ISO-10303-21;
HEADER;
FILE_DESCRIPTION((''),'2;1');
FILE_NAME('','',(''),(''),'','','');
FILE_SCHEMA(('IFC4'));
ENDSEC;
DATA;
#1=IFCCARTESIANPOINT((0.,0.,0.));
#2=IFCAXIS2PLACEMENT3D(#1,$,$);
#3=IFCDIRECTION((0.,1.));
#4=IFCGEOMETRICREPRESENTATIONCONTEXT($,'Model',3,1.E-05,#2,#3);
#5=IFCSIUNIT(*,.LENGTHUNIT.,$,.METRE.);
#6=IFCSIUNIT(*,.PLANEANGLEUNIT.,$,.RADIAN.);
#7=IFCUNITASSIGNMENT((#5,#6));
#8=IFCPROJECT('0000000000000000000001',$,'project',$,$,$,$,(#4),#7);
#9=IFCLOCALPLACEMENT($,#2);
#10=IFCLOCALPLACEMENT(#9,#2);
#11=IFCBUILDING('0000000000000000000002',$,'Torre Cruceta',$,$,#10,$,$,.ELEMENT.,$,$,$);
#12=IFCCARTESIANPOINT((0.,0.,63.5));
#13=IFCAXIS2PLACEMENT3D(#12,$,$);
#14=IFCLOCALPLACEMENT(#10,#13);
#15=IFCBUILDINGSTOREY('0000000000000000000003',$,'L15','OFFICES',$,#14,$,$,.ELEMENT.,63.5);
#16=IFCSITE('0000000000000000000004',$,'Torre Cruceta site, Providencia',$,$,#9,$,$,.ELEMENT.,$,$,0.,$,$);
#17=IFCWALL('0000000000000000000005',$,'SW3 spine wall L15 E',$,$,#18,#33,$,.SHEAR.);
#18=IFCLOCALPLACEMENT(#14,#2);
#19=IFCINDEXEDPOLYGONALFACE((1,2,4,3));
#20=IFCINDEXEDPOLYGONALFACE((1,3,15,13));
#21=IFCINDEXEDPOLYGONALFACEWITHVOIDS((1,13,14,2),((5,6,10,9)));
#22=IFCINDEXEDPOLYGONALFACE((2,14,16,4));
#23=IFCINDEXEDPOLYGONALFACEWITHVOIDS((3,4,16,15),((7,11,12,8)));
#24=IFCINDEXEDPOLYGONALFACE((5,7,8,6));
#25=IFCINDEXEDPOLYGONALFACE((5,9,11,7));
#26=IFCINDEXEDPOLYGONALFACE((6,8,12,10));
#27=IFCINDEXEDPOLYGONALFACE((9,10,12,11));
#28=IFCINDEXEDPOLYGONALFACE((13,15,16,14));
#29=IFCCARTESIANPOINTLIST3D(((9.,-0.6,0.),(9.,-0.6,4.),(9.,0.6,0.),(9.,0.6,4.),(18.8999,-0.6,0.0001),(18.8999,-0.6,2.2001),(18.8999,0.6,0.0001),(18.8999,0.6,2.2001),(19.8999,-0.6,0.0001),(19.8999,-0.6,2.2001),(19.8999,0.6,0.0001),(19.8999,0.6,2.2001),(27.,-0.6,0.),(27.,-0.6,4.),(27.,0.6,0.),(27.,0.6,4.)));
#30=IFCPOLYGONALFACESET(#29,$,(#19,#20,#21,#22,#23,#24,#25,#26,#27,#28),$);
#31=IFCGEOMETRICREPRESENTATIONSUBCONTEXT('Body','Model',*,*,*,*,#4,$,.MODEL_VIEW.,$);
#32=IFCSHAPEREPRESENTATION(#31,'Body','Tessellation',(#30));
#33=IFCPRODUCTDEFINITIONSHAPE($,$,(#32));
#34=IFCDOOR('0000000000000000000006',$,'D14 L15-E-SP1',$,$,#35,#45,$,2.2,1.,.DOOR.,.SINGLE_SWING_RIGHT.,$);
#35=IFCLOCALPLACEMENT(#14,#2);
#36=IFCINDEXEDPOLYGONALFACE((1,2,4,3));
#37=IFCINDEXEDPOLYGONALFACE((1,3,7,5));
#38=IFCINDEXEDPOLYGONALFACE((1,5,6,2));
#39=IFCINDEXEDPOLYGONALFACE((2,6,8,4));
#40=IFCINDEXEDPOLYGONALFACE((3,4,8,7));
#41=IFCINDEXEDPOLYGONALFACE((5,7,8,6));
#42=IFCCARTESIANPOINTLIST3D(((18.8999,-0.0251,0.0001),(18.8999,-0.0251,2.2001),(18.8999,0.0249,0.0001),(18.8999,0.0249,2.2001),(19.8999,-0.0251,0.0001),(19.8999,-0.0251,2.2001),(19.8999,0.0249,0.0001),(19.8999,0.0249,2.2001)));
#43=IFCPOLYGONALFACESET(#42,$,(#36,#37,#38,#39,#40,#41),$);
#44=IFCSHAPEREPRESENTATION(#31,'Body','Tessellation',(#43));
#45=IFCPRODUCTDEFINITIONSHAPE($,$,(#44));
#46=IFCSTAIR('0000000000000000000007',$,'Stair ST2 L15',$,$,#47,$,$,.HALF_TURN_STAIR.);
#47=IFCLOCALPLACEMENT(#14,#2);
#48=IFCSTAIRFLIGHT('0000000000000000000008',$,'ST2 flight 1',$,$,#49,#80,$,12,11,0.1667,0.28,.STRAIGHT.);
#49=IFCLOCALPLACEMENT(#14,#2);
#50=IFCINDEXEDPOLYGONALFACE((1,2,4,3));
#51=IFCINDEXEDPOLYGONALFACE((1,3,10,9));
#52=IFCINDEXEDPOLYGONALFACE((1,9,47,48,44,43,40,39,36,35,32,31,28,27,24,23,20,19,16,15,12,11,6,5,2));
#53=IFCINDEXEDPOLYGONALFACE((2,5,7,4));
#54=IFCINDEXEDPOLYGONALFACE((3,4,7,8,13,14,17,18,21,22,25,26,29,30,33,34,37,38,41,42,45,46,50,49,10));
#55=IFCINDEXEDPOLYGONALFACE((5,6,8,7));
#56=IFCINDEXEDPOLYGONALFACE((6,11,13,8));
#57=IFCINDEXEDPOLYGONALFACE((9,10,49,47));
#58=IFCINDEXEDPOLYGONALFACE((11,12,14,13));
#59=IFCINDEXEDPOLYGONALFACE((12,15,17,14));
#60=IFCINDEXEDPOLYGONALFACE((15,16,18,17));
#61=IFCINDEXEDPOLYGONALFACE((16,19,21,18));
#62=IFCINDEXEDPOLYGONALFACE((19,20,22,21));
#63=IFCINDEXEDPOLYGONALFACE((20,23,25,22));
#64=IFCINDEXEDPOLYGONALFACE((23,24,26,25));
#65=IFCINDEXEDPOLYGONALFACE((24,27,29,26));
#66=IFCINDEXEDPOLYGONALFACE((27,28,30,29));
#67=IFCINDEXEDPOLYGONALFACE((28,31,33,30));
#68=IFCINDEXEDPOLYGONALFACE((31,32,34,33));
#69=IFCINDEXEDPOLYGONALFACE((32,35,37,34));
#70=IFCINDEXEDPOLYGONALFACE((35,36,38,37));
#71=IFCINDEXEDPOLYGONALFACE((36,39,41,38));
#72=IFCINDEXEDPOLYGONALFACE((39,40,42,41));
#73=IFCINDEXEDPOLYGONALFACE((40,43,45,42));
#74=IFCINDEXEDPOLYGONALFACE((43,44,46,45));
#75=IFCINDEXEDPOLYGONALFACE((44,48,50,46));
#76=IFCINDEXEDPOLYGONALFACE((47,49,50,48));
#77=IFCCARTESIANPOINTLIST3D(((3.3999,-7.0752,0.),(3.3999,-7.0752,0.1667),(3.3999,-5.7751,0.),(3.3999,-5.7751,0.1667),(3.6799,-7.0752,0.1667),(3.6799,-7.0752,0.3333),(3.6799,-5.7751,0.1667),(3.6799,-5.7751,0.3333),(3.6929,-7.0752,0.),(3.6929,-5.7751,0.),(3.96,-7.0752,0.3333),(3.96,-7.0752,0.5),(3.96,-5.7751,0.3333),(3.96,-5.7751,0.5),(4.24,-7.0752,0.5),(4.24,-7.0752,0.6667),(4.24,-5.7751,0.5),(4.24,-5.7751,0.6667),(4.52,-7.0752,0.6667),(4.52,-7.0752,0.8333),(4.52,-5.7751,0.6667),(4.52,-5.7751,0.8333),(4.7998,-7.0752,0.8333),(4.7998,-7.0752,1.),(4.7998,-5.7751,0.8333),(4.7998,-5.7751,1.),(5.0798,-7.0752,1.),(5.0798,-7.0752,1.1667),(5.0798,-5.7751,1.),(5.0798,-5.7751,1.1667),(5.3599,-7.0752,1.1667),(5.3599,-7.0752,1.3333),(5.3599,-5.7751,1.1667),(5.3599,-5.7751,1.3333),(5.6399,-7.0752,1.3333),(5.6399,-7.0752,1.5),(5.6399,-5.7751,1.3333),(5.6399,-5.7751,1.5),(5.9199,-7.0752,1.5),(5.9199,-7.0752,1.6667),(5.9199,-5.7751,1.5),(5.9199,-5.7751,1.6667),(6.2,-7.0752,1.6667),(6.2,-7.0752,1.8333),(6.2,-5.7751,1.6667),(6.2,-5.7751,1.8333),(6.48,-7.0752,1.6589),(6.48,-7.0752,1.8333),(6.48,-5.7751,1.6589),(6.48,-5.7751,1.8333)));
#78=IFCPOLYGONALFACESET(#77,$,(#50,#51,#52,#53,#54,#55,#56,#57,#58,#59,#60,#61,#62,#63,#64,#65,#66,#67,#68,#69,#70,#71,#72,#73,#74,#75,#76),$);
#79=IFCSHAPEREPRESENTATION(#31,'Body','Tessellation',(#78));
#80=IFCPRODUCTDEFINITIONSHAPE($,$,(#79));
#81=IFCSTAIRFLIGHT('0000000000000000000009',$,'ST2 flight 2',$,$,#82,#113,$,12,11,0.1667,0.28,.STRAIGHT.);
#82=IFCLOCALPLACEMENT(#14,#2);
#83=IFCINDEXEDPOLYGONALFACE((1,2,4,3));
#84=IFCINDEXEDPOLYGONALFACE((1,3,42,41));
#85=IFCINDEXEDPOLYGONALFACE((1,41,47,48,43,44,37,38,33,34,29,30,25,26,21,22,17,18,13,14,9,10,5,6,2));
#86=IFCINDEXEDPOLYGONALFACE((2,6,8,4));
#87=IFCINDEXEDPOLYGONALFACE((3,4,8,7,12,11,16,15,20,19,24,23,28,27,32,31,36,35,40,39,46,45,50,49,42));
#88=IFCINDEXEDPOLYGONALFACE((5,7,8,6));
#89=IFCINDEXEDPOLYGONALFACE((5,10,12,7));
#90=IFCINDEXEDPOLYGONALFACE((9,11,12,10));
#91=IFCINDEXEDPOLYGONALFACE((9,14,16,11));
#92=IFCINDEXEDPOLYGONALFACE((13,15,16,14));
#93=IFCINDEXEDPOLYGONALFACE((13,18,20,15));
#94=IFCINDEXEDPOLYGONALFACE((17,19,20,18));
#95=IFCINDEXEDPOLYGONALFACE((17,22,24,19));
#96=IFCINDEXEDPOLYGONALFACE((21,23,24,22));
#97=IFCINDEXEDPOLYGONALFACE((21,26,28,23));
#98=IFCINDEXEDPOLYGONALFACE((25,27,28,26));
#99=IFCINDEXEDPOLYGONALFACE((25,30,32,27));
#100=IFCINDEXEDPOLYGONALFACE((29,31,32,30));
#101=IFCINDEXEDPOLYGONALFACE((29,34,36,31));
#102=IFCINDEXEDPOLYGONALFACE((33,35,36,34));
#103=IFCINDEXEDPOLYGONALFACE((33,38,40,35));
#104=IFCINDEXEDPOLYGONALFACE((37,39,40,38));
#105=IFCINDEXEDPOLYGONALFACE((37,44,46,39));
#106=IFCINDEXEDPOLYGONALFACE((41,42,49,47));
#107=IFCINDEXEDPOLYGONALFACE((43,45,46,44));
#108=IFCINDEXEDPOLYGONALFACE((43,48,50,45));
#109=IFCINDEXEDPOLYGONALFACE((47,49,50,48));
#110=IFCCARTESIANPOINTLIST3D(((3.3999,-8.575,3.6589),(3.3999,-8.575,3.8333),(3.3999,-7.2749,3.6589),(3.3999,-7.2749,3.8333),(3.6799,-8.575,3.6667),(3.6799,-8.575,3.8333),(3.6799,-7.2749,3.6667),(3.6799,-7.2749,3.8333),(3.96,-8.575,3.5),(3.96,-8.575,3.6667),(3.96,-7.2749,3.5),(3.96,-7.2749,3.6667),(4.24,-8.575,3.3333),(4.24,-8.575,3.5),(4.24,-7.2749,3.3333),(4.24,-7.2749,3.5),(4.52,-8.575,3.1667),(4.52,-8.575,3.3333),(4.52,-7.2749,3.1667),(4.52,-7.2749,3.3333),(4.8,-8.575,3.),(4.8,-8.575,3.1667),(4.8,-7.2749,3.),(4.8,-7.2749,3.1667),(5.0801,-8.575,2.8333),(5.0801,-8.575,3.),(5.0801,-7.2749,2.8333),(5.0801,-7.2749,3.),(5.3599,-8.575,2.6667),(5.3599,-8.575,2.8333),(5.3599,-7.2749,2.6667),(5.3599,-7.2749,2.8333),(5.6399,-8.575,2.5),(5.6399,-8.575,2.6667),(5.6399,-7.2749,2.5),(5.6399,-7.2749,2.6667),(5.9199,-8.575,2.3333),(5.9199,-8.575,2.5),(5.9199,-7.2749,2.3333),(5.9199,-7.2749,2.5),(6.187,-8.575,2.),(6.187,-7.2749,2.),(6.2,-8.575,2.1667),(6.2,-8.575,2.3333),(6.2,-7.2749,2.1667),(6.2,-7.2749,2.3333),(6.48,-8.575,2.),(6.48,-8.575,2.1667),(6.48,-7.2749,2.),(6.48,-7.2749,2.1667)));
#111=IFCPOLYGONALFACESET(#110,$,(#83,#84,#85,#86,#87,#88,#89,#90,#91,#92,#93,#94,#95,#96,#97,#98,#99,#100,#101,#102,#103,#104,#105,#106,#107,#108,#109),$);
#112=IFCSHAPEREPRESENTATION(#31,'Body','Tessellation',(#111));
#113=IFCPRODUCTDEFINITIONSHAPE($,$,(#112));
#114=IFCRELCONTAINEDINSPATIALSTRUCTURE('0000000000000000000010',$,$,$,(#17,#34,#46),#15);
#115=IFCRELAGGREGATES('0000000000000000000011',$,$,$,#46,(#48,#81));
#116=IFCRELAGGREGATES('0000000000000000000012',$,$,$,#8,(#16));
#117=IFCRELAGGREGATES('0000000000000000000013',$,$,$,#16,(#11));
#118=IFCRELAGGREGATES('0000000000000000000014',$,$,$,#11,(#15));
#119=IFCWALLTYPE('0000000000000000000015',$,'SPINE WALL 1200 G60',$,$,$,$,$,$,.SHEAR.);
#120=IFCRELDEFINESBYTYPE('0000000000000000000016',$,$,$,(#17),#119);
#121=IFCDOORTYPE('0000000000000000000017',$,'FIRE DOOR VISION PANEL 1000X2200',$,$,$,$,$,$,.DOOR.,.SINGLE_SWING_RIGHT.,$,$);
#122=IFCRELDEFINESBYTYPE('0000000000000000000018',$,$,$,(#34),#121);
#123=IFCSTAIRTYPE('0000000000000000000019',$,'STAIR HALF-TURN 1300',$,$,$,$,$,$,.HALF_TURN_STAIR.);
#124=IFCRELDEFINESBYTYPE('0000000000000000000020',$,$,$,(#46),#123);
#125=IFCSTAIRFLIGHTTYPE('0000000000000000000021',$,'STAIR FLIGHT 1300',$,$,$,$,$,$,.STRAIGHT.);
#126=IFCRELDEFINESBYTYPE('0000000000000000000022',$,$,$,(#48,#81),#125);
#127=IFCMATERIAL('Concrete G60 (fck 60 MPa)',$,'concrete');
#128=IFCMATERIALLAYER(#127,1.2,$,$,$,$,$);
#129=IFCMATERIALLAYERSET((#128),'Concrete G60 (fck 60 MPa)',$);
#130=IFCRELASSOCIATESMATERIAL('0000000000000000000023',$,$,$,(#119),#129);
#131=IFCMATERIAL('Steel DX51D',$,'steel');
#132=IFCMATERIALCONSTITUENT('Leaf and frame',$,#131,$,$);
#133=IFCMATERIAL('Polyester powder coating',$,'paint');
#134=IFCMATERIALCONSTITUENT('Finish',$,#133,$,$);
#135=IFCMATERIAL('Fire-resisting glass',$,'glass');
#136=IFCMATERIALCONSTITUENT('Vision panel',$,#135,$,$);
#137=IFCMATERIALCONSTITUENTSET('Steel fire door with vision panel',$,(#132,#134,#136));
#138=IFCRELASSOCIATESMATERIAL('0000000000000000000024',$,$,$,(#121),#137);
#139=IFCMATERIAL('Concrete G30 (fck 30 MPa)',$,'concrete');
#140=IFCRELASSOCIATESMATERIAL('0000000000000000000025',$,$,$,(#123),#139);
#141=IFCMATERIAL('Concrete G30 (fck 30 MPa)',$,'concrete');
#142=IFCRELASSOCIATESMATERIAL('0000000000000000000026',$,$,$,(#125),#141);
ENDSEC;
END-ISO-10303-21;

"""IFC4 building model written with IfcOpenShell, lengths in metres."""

from ifc_helpers import new_model, si_unit, direction, frame, frame_2d, origin, place, context, subcontext, project, spatial, polyline, rectangle, outline, extrude, material, layer, layer_set, constituent, constituent_set, type_object, element, fill, aggregate, save


model = new_model("IFC4")

# Units and contexts
model_context = context("Model", 3, precision=1e-05, world=origin(), true_north=direction((0.0, 1.0)))
body_context = subcontext(model_context, "Body", "Model", "MODEL_VIEW")
ifc_project = project(units=[si_unit("LENGTHUNIT", "METRE"), si_unit("PLANEANGLEUNIT", "RADIAN")], contexts=[model_context])

# Site, building, storey
site_placement = place(None, origin())
site = spatial("IfcSite", under=ifc_project, at=site_placement, Name="Torre Cruceta site, Providencia", CompositionType="ELEMENT", RefElevation=0.0)
building_placement = place(site_placement, origin())
building = spatial("IfcBuilding", under=site, at=building_placement, Name="Torre Cruceta", CompositionType="ELEMENT")
storey_placement = place(building_placement, frame((0.0, 0.0, 63.5)))
storey = spatial("IfcBuildingStorey", under=building, at=storey_placement, Name="L15", Description="OFFICES", CompositionType="ELEMENT", Elevation=63.5)

# Wall, opening, door
ifc_material_1 = material(Name="Concrete G60 (fck 60 MPa)", Category="concrete")
ifc_layer_1 = layer(ifc_material_1, 1.2)
ifc_layer_set_1 = layer_set([ifc_layer_1], Name="Concrete G60 (fck 60 MPa)")
wall_type_1 = type_object("IfcWallType", Name="SPINE WALL 1200 G60", PredefinedType="SHEAR", material=ifc_layer_set_1)
wall_1_placement = place(storey_placement, frame((9.0, 0.0, 0.0), z_axis=(0.0, 0.0, 1.0), x_axis=(1.0, 0.0, 0.0)))
wall_1 = element("IfcWall", 1, at=wall_1_placement, inside=storey, type_object=wall_type_1, Name="SW3 spine wall L15 E", PredefinedType="SHEAR", context=body_context, shape_type="SweptSolid", body=[
    extrude(rectangle(XDim=18.0, YDim=1.2, at=frame_2d((9.0, 0.0))), origin(), (0.0, 0.0, 1.0), 4.0),
])
opening_1_placement = place(wall_1_placement, frame((9.8999, 0.0, 0.0)))
opening_1 = element("IfcOpeningElement", 2, at=opening_1_placement, cuts=wall_1, PredefinedType="OPENING", context=body_context, shape_type="SweptSolid", body=[
    extrude(rectangle(XDim=1.0, YDim=2.2, at=frame_2d((0.5, 1.1001))), frame((0.0, 0.6099, 0.0), z_axis=(0.0, -1.0, 0.0), x_axis=(1.0, 0.0, 0.0)), (0.0, 0.0, 1.0), 1.22),
])
ifc_material_2 = material(Name="Steel DX51D", Category="steel")
ifc_constituent_1 = constituent(ifc_material_2, Name="Leaf and frame")
ifc_material_3 = material(Name="Polyester powder coating", Category="paint")
ifc_constituent_2 = constituent(ifc_material_3, Name="Finish")
ifc_material_4 = material(Name="Fire-resisting glass", Category="glass")
ifc_constituent_3 = constituent(ifc_material_4, Name="Vision panel")
ifc_constituent_set_1 = constituent_set(constituents=[ifc_constituent_1, ifc_constituent_2, ifc_constituent_3], Name="Steel fire door with vision panel")
door_type_1 = type_object("IfcDoorType", Name="FIRE DOOR VISION PANEL 1000X2200", OperationType="SINGLE_SWING_RIGHT", PredefinedType="DOOR", material=ifc_constituent_set_1)
door_1_placement = place(opening_1_placement, origin())
door_1 = element("IfcDoor", 3, at=door_1_placement, inside=storey, type_object=door_type_1, Name="D14 L15-E-SP1", OperationType="SINGLE_SWING_RIGHT", OverallHeight=2.2, OverallWidth=1.0, PredefinedType="DOOR", context=body_context, shape_type="SweptSolid", body=[
    extrude(rectangle(XDim=1.0, YDim=2.2, at=frame_2d((0.5, 1.1001))), frame((0.0, 0.0249, 0.0), z_axis=(0.0, -1.0, 0.0), x_axis=(1.0, 0.0, 0.0)), (0.0, 0.0, 1.0), 0.05),
])
fill(opening_1, door_1)

# Stair, stair flights
ifc_material_5 = material(Name="Concrete G30 (fck 30 MPa)", Category="concrete")
stair_type = type_object("IfcStairType", Name="STAIR HALF-TURN 1300", PredefinedType="HALF_TURN_STAIR", material=ifc_material_5)
stair_placement = place(storey_placement, origin())
stair = element("IfcStair", 4, at=stair_placement, inside=storey, type_object=stair_type, Name="Stair ST2 L15", PredefinedType="HALF_TURN_STAIR")
ifc_material_6 = material(Name="Concrete G30 (fck 30 MPa)", Category="concrete")
stair_flight_type = type_object("IfcStairFlightType", Name="STAIR FLIGHT 1300", PredefinedType="STRAIGHT", material=ifc_material_6)
stair_flight_1_placement = place(storey_placement, frame((3.3999, -6.425, 0.0), z_axis=(0.0, 0.0, 1.0), x_axis=(1.0, 0.0, 0.0)))
stair_flight_1 = element("IfcStairFlight", 5, at=stair_flight_1_placement, type_object=stair_flight_type, Name="ST2 flight 1", NumberOfRisers=12, NumberOfTreads=11, PredefinedType="STRAIGHT", RiserHeight=0.1667, TreadLength=0.28, context=body_context, shape_type="SweptSolid", body=[
    extrude(outline(polyline([(0.0, 0.0), (0.0, 0.1667), (0.28, 0.1667), (0.28, 0.3333), (0.5601, 0.3333), (0.5601, 0.5), (0.8401, 0.5), (0.8401, 0.6667), (1.1201, 0.6667), (1.1201, 0.8333), (1.3999, 0.8333), (1.3999, 1.0), (1.6799, 1.0), (1.6799, 1.1667), (1.96, 1.1667), (1.96, 1.3333), (2.24, 1.3333), (2.24, 1.5), (2.52, 1.5), (2.52, 1.6667), (2.8, 1.6667), (2.8, 1.8333), (3.0801, 1.8333), (3.0801, 2.0), (3.0801, 1.6589), (0.293, 0.0), (0.0, 0.0)])), frame((0.0, 0.6499, 0.0), z_axis=(0.0, -1.0, 0.0), x_axis=(1.0, 0.0, 0.0)), (0.0, 0.0, 1.0), 1.3),
])
stair_flight_2_placement = place(storey_placement, frame((6.48, -7.925, 2.0), z_axis=(0.0, 0.0, 1.0), x_axis=(-1.0, 0.0, 0.0)))
stair_flight_2 = element("IfcStairFlight", 6, at=stair_flight_2_placement, type_object=stair_flight_type, Name="ST2 flight 2", NumberOfRisers=12, NumberOfTreads=11, PredefinedType="STRAIGHT", RiserHeight=0.1667, TreadLength=0.28, context=body_context, shape_type="SweptSolid", body=[
    extrude(outline(polyline([(0.0, 0.0), (0.0, 0.1667), (0.28, 0.1667), (0.28, 0.3333), (0.5601, 0.3333), (0.5601, 0.5), (0.8401, 0.5), (0.8401, 0.6667), (1.1201, 0.6667), (1.1201, 0.8333), (1.3999, 0.8333), (1.3999, 1.0), (1.6799, 1.0), (1.6799, 1.1667), (1.96, 1.1667), (1.96, 1.3333), (2.24, 1.3333), (2.24, 1.5), (2.52, 1.5), (2.52, 1.6667), (2.8, 1.6667), (2.8, 1.8333), (3.0801, 1.8333), (3.0801, 2.0), (3.0801, 1.6589), (0.293, 0.0), (0.0, 0.0)])), frame((0.0, 0.6499, 0.0), z_axis=(0.0, -1.0, 0.0), x_axis=(1.0, 0.0, 0.0)), (0.0, 0.0, 1.0), 1.3),
])
aggregate(stair, [stair_flight_1, stair_flight_2])

save(model, "model.ifc")
